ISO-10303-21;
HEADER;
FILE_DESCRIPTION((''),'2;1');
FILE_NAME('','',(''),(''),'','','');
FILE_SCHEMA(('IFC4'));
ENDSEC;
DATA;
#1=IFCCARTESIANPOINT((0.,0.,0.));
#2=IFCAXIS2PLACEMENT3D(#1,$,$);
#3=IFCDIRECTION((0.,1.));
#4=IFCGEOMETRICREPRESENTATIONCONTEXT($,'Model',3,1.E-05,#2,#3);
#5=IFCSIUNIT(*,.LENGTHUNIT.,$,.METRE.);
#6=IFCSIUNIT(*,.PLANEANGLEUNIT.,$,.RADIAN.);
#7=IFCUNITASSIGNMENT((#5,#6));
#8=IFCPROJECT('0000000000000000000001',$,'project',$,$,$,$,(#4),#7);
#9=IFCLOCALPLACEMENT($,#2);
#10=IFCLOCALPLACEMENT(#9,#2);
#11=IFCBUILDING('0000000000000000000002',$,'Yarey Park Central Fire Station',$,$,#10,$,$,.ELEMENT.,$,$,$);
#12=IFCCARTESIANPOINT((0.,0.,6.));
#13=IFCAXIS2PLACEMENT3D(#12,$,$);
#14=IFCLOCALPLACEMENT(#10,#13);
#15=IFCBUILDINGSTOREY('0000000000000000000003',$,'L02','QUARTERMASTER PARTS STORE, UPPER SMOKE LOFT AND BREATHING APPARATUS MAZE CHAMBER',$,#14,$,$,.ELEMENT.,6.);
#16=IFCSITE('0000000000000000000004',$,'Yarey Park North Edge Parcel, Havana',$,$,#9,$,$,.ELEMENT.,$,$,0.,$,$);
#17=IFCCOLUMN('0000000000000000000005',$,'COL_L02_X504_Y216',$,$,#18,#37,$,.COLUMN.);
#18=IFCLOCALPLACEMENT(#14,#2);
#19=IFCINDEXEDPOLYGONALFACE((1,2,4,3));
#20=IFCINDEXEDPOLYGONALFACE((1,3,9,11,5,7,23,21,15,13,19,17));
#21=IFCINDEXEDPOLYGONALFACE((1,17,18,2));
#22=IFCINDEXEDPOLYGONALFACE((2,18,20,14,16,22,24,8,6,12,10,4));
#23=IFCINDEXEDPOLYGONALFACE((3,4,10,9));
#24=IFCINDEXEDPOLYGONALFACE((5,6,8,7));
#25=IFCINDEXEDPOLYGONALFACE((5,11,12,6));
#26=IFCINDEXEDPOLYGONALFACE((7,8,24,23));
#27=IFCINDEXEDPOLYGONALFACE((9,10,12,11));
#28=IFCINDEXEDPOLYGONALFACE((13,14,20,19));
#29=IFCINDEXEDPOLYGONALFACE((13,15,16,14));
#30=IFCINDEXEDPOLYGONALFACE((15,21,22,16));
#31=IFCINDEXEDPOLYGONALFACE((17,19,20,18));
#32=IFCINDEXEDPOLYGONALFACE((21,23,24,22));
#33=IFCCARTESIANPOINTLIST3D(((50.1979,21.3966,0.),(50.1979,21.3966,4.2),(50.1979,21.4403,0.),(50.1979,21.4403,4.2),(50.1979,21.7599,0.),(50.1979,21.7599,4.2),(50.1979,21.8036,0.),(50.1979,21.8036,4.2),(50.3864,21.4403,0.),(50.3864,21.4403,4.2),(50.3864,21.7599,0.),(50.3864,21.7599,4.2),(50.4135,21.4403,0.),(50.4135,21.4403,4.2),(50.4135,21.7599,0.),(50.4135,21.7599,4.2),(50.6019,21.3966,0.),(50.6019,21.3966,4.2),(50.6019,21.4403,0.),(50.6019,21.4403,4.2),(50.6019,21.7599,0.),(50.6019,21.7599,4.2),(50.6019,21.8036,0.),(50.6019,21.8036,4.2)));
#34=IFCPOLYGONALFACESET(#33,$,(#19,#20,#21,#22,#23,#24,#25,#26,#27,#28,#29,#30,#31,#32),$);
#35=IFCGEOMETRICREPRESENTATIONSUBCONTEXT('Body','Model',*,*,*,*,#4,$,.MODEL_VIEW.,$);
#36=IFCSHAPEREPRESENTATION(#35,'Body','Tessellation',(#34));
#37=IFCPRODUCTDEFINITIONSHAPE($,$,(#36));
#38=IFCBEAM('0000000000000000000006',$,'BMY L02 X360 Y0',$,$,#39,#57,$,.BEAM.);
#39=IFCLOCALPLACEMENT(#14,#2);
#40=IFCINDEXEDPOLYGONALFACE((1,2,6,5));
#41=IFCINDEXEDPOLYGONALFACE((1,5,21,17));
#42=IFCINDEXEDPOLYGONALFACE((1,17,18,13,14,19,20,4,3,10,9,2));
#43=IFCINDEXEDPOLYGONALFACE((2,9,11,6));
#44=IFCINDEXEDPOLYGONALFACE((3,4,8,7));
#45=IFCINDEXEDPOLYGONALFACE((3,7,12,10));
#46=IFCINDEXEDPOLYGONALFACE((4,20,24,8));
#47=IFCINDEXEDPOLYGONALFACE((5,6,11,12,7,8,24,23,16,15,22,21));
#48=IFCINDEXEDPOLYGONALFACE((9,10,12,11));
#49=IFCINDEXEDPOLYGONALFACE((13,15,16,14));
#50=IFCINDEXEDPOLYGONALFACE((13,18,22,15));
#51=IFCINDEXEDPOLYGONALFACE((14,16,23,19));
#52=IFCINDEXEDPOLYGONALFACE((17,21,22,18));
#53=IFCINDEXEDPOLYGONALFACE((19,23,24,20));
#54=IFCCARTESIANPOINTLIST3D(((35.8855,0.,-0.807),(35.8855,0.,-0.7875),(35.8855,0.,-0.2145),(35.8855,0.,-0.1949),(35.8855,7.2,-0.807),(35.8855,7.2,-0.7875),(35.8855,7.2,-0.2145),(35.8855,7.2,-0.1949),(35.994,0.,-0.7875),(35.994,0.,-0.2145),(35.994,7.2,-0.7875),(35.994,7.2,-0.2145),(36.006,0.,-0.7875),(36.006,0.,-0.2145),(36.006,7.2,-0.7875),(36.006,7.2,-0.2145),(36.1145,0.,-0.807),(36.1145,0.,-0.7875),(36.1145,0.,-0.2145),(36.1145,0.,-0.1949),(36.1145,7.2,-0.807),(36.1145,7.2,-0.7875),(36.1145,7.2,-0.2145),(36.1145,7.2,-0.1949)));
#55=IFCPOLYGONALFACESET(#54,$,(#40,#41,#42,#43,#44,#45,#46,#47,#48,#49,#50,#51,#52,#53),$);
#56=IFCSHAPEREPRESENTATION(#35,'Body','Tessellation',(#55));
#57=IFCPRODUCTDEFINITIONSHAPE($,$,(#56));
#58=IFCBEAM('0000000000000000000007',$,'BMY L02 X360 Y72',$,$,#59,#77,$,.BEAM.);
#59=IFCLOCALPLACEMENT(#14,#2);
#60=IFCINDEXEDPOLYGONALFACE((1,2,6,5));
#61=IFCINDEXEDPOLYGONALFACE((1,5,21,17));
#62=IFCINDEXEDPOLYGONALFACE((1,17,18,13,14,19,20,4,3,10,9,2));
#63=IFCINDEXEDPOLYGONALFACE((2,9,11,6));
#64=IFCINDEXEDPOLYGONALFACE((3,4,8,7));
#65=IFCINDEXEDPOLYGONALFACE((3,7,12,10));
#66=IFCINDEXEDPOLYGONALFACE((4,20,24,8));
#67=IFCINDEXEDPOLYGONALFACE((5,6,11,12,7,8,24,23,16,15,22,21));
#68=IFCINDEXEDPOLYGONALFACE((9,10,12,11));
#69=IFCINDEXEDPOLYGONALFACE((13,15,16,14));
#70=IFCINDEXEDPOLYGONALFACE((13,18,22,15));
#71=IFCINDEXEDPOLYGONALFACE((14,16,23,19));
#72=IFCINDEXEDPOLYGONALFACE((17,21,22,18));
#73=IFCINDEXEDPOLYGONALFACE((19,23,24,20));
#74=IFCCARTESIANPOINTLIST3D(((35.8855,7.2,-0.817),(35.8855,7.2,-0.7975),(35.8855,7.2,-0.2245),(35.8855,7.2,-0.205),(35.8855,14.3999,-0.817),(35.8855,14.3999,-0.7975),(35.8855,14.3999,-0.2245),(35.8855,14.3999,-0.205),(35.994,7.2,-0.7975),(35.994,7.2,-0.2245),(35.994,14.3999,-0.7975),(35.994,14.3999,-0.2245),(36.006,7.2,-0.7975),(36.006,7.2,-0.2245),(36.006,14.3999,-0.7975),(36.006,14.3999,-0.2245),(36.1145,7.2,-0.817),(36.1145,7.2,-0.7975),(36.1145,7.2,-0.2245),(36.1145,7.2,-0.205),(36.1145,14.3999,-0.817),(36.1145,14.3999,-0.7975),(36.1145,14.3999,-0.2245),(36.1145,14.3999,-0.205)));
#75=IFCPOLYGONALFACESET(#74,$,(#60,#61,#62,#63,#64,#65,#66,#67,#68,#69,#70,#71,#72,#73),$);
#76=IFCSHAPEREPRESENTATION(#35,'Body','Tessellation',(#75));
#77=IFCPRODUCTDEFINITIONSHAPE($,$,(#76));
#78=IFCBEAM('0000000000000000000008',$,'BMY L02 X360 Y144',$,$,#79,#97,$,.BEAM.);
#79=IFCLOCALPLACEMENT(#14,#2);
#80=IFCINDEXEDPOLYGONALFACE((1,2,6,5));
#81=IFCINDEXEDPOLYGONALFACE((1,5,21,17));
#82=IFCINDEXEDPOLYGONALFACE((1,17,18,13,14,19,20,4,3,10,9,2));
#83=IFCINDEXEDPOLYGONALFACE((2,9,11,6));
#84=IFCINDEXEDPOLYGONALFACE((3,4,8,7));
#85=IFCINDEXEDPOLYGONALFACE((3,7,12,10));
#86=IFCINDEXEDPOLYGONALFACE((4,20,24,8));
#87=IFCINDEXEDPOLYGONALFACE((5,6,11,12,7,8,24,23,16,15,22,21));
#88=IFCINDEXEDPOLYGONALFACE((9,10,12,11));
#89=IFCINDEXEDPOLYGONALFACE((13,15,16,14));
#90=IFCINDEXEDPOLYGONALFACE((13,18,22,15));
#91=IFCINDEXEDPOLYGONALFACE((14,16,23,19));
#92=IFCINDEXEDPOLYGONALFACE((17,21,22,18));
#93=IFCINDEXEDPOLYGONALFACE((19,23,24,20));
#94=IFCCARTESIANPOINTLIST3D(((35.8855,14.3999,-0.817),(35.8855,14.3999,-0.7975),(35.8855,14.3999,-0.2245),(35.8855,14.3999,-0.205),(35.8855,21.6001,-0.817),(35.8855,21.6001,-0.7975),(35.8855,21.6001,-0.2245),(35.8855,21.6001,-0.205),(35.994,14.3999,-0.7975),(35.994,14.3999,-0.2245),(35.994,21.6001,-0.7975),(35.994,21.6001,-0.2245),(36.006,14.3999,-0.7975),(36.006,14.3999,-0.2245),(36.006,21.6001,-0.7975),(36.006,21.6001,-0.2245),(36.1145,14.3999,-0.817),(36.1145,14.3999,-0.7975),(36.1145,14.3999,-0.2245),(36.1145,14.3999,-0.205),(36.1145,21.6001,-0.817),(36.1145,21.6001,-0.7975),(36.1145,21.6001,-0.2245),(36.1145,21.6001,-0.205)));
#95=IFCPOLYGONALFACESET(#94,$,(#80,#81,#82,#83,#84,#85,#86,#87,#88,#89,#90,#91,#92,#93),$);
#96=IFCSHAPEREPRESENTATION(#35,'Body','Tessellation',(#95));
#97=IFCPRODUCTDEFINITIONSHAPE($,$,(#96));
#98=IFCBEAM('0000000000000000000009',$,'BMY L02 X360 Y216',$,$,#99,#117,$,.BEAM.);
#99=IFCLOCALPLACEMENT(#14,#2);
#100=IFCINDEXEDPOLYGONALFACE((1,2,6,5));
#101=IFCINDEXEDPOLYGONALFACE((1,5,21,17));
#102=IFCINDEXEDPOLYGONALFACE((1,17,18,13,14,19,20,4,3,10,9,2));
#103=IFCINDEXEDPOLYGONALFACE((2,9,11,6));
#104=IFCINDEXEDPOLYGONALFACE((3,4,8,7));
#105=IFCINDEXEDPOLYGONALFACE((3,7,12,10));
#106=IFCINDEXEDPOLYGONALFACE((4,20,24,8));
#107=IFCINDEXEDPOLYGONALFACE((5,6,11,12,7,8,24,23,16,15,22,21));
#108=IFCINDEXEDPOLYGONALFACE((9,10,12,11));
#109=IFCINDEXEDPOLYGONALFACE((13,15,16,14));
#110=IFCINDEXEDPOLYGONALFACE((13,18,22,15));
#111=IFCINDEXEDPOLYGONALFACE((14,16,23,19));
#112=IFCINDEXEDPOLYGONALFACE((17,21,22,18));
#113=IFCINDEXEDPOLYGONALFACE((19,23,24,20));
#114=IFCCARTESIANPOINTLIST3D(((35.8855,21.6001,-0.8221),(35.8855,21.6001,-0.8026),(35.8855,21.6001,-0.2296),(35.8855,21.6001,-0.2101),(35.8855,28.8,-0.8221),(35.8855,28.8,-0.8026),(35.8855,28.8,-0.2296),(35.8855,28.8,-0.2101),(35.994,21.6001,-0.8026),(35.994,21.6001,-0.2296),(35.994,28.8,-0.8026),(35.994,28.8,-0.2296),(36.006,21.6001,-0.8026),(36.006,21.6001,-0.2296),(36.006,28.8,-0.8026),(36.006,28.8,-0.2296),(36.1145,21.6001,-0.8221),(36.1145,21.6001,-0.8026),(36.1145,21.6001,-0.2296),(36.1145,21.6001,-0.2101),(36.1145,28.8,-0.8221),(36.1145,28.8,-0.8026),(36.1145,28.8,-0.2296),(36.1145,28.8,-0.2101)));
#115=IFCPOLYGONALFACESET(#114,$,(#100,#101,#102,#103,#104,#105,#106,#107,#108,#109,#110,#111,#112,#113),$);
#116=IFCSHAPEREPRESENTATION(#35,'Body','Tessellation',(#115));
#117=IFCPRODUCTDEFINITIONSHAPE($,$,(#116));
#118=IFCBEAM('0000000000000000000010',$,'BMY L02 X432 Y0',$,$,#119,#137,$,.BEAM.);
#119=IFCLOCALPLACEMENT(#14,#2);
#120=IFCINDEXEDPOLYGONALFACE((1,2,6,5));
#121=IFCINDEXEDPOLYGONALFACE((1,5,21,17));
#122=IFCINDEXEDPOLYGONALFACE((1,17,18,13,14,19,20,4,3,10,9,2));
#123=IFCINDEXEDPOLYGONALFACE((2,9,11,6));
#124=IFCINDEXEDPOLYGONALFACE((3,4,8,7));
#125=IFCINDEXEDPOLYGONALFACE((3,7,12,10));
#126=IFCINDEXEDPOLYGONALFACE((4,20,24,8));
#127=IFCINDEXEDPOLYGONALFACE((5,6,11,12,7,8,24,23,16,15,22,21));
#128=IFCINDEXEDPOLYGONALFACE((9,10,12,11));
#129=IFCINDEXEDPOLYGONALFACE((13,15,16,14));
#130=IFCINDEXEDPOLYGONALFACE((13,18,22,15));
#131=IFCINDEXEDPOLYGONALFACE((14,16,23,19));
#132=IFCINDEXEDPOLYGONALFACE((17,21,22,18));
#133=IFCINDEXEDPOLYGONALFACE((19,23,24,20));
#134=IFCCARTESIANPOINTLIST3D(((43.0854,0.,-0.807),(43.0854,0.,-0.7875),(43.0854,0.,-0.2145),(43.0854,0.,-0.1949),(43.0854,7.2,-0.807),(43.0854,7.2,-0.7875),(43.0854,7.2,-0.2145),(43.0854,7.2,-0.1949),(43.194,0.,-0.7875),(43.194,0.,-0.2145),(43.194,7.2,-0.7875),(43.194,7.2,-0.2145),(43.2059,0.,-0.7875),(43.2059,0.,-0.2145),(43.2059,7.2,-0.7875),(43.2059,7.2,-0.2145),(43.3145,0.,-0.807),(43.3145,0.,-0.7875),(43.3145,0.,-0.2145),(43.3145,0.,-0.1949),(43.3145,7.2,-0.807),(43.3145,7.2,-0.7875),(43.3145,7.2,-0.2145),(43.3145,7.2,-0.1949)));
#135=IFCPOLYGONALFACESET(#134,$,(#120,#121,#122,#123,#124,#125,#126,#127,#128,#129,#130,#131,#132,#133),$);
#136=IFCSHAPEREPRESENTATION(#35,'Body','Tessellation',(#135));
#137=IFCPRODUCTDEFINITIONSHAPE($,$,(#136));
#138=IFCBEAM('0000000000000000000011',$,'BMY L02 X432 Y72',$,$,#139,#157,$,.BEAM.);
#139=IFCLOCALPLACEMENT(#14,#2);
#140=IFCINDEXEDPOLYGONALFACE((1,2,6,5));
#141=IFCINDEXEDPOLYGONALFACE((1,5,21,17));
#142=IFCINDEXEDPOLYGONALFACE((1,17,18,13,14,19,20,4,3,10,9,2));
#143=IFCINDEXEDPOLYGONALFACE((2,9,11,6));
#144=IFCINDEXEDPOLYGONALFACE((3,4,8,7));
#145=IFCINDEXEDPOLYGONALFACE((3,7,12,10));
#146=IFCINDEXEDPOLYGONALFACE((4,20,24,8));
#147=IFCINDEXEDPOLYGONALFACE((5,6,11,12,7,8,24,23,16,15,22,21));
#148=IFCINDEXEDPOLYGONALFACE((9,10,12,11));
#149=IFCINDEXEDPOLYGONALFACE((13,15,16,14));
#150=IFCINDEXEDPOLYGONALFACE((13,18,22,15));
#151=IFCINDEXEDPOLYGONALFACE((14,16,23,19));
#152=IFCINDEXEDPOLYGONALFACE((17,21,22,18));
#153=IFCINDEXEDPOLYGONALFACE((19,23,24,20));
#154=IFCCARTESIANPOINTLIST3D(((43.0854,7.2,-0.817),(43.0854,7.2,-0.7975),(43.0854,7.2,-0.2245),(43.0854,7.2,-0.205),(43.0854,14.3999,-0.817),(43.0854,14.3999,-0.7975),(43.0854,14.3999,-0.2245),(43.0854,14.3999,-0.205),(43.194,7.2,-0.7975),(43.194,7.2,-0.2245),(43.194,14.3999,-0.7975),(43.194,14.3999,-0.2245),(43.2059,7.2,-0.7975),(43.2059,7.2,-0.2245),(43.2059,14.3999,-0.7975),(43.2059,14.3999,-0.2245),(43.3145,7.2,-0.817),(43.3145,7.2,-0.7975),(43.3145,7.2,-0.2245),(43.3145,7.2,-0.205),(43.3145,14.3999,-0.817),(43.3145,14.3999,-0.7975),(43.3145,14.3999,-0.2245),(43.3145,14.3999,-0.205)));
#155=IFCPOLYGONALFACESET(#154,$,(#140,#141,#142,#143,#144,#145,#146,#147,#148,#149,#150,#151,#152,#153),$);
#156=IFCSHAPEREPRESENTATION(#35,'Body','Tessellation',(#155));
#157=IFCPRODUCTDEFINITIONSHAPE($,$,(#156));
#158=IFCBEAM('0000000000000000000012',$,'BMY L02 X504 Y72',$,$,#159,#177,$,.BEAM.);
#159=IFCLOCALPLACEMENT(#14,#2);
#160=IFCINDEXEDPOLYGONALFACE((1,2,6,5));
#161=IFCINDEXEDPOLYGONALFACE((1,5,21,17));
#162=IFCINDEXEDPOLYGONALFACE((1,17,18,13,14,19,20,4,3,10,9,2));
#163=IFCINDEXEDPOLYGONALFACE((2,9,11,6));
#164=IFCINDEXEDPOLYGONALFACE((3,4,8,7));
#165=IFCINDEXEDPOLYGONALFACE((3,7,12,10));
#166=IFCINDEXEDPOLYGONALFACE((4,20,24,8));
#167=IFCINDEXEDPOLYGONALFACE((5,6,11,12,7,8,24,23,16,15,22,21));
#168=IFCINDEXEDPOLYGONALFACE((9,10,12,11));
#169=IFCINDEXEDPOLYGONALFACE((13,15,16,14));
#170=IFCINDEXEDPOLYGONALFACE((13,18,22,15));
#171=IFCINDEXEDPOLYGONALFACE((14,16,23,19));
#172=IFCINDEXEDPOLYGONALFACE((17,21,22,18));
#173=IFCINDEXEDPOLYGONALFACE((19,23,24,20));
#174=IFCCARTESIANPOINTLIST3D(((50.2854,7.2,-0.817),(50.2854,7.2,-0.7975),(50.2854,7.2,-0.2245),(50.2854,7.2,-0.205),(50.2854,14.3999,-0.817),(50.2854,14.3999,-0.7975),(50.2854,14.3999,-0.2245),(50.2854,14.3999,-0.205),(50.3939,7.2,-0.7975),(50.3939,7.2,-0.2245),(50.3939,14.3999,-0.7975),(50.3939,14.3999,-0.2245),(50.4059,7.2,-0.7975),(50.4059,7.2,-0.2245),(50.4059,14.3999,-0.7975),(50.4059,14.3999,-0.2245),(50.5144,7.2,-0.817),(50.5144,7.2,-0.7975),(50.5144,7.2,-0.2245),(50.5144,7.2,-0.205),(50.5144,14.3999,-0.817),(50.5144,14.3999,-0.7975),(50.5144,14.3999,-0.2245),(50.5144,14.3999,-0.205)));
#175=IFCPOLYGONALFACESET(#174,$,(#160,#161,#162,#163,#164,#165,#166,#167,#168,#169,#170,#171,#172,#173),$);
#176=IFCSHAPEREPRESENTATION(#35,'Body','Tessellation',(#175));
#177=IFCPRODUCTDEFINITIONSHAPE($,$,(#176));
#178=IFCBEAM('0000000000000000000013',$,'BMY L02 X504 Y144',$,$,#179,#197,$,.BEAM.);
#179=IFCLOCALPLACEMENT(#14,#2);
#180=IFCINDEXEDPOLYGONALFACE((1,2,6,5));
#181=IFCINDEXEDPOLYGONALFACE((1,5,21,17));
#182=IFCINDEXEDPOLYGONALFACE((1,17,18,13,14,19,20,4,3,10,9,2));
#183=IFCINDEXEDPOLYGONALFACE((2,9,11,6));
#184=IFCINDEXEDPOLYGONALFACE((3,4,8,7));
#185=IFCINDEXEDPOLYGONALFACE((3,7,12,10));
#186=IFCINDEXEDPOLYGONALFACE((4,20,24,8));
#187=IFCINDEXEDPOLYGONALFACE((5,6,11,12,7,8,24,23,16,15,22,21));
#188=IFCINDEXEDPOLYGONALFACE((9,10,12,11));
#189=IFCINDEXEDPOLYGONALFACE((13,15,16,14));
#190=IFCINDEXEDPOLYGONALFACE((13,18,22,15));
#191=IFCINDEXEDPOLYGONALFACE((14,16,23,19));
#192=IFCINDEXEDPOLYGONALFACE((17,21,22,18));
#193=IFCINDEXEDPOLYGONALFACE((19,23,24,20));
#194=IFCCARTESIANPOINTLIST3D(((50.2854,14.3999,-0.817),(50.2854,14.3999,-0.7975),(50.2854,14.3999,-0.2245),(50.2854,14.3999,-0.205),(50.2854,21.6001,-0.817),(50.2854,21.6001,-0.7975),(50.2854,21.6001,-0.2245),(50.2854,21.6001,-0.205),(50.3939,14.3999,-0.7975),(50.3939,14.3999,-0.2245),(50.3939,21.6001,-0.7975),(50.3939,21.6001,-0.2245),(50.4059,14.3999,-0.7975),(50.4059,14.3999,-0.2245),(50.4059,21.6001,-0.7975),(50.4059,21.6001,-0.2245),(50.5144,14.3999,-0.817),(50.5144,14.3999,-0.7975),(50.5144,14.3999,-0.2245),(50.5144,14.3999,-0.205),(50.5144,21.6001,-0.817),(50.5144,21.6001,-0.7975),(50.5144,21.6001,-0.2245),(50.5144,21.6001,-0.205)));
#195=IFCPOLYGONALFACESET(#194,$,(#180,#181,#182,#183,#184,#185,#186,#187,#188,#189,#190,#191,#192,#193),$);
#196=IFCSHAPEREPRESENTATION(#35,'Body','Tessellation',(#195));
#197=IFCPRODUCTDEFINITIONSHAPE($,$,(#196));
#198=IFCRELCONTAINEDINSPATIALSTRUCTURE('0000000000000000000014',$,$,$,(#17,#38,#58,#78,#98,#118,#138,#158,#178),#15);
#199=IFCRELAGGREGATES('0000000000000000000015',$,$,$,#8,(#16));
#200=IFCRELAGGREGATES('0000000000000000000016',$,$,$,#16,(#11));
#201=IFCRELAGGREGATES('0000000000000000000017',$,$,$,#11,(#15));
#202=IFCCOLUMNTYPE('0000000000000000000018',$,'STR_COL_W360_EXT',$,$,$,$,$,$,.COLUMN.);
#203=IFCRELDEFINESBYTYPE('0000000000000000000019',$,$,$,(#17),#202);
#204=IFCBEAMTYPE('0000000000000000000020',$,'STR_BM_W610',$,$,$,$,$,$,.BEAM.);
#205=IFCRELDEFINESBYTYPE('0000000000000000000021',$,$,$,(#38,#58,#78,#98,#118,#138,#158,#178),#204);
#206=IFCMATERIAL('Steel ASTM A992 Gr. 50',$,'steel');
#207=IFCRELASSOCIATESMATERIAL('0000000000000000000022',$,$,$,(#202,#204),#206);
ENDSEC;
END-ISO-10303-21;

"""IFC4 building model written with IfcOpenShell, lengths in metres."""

from ifc_helpers import new_model, si_unit, direction, frame, origin, origin_2d, place, context, subcontext, project, spatial, i_section, extrude, material, material_profile, profile_set, type_object, element, save


model = new_model("IFC4")

# Units and contexts
model_context = context("Model", 3, precision=1e-05, world=origin(), true_north=direction((0.0, 1.0)))
body_context = subcontext(model_context, "Body", "Model", "MODEL_VIEW")
ifc_project = project(units=[si_unit("LENGTHUNIT", "METRE"), si_unit("PLANEANGLEUNIT", "RADIAN")], contexts=[model_context])

# Site, building, storey
site_placement = place(None, origin())
site = spatial("IfcSite", under=ifc_project, at=site_placement, Name="Yarey Park North Edge Parcel, Havana", CompositionType="ELEMENT", RefElevation=0.0)
building_placement = place(site_placement, origin())
building = spatial("IfcBuilding", under=site, at=building_placement, Name="Yarey Park Central Fire Station", CompositionType="ELEMENT")
storey_placement = place(building_placement, frame((0.0, 0.0, 6.0)))
storey = spatial("IfcBuildingStorey", under=building, at=storey_placement, Name="L02", Description="QUARTERMASTER PARTS STORE, UPPER SMOKE LOFT AND BREATHING APPARATUS MAZE CHAMBER", CompositionType="ELEMENT", Elevation=6.0)

# Column
ifc_material_1 = material(Name="Steel ASTM A992 Gr. 50", Category="steel")
ifc_material_profile_1 = material_profile(ifc_material_1, i_section(OverallWidth=0.4041, OverallDepth=0.407, WebThickness=0.0271, FlangeThickness=0.0437, at=origin_2d()), Name="W360x347")
ifc_profile_set_1 = profile_set([ifc_material_profile_1], Name="Steel ASTM A992 Gr. 50")
column_type = type_object("IfcColumnType", Name="STR_COL_W360_EXT", PredefinedType="COLUMN", material=ifc_profile_set_1)
column_placement = place(storey_placement, frame((50.3999, 21.6001, 0.0), z_axis=(0.0, 0.0, 1.0), x_axis=(1.0, 0.0, 0.0)))
element("IfcColumn", 1, at=column_placement, inside=storey, type_object=column_type, Name="COL_L02_X504_Y216", PredefinedType="COLUMN", context=body_context, shape_type="SweptSolid", body=[
    extrude(i_section(OverallWidth=0.4041, OverallDepth=0.407, WebThickness=0.0271, FlangeThickness=0.0437, at=origin_2d()), origin(), (0.0, 0.0, 1.0), 4.2),
])

# Beams
ifc_material_profile_2 = material_profile(ifc_material_1, i_section(OverallWidth=0.229, OverallDepth=0.6121, WebThickness=0.012, FlangeThickness=0.0195, at=origin_2d()), Name="W610x125")
ifc_profile_set_2 = profile_set([ifc_material_profile_2], Name="Steel ASTM A992 Gr. 50")
beam_type_1 = type_object("IfcBeamType", Name="STR_BM_W610", PredefinedType="BEAM", material=ifc_profile_set_2)
for number, where, z_axis, x_axis, name in (
    (2, (36.0, 0.0, -0.501), (0.0, 1.0, 0.0), (-1.0, 0.0, 0.0), "BMY L02 X360 Y0"),
    (3, (36.0, 7.2, -0.511), (0.0, 1.0, 0.0), (-1.0, 0.0, 0.0), "BMY L02 X360 Y72"),
):
    element("IfcBeam", number, at=place(storey_placement, frame(where, z_axis=z_axis, x_axis=x_axis)), inside=storey, type_object=beam_type_1, Name=name, PredefinedType="BEAM", context=body_context, shape_type="SweptSolid", body=[
        extrude(i_section(OverallWidth=0.229, OverallDepth=0.6121, WebThickness=0.012, FlangeThickness=0.0195, at=origin_2d()), origin(), (0.0, 0.0, 1.0), 7.2),
    ])
beam_1_placement = place(storey_placement, frame((36.0, 14.3999, -0.511), z_axis=(0.0, 1.0, 0.0), x_axis=(-1.0, 0.0, 0.0)))
element("IfcBeam", 4, at=beam_1_placement, inside=storey, type_object=beam_type_1, Name="BMY L02 X360 Y144", PredefinedType="BEAM", context=body_context, shape_type="SweptSolid", body=[
    extrude(i_section(OverallWidth=0.229, OverallDepth=0.6121, WebThickness=0.012, FlangeThickness=0.0195, at=origin_2d()), origin(), (0.0, 0.0, 1.0), 7.2002),
])
for number, where, z_axis, x_axis, name in (
    (5, (36.0, 21.6001, -0.5161), (0.0, 1.0, 0.0), (-1.0, 0.0, 0.0), "BMY L02 X360 Y216"),
    (6, (43.2, 0.0, -0.501), (0.0, 1.0, 0.0), (-1.0, 0.0, 0.0), "BMY L02 X432 Y0"),
    (7, (43.2, 7.2, -0.511), (0.0, 1.0, 0.0), (-1.0, 0.0, 0.0), "BMY L02 X432 Y72"),
    (8, (50.3999, 7.2, -0.511), (0.0, 1.0, 0.0), (-1.0, 0.0, 0.0), "BMY L02 X504 Y72"),
):
    element("IfcBeam", number, at=place(storey_placement, frame(where, z_axis=z_axis, x_axis=x_axis)), inside=storey, type_object=beam_type_1, Name=name, PredefinedType="BEAM", context=body_context, shape_type="SweptSolid", body=[
        extrude(i_section(OverallWidth=0.229, OverallDepth=0.6121, WebThickness=0.012, FlangeThickness=0.0195, at=origin_2d()), origin(), (0.0, 0.0, 1.0), 7.2),
    ])
beam_2_placement = place(storey_placement, frame((50.3999, 14.3999, -0.511), z_axis=(0.0, 1.0, 0.0), x_axis=(-1.0, 0.0, 0.0)))
element("IfcBeam", 9, at=beam_2_placement, inside=storey, type_object=beam_type_1, Name="BMY L02 X504 Y144", PredefinedType="BEAM", context=body_context, shape_type="SweptSolid", body=[
    extrude(i_section(OverallWidth=0.229, OverallDepth=0.6121, WebThickness=0.012, FlangeThickness=0.0195, at=origin_2d()), origin(), (0.0, 0.0, 1.0), 7.2002),
])

save(model, "model.ifc")
